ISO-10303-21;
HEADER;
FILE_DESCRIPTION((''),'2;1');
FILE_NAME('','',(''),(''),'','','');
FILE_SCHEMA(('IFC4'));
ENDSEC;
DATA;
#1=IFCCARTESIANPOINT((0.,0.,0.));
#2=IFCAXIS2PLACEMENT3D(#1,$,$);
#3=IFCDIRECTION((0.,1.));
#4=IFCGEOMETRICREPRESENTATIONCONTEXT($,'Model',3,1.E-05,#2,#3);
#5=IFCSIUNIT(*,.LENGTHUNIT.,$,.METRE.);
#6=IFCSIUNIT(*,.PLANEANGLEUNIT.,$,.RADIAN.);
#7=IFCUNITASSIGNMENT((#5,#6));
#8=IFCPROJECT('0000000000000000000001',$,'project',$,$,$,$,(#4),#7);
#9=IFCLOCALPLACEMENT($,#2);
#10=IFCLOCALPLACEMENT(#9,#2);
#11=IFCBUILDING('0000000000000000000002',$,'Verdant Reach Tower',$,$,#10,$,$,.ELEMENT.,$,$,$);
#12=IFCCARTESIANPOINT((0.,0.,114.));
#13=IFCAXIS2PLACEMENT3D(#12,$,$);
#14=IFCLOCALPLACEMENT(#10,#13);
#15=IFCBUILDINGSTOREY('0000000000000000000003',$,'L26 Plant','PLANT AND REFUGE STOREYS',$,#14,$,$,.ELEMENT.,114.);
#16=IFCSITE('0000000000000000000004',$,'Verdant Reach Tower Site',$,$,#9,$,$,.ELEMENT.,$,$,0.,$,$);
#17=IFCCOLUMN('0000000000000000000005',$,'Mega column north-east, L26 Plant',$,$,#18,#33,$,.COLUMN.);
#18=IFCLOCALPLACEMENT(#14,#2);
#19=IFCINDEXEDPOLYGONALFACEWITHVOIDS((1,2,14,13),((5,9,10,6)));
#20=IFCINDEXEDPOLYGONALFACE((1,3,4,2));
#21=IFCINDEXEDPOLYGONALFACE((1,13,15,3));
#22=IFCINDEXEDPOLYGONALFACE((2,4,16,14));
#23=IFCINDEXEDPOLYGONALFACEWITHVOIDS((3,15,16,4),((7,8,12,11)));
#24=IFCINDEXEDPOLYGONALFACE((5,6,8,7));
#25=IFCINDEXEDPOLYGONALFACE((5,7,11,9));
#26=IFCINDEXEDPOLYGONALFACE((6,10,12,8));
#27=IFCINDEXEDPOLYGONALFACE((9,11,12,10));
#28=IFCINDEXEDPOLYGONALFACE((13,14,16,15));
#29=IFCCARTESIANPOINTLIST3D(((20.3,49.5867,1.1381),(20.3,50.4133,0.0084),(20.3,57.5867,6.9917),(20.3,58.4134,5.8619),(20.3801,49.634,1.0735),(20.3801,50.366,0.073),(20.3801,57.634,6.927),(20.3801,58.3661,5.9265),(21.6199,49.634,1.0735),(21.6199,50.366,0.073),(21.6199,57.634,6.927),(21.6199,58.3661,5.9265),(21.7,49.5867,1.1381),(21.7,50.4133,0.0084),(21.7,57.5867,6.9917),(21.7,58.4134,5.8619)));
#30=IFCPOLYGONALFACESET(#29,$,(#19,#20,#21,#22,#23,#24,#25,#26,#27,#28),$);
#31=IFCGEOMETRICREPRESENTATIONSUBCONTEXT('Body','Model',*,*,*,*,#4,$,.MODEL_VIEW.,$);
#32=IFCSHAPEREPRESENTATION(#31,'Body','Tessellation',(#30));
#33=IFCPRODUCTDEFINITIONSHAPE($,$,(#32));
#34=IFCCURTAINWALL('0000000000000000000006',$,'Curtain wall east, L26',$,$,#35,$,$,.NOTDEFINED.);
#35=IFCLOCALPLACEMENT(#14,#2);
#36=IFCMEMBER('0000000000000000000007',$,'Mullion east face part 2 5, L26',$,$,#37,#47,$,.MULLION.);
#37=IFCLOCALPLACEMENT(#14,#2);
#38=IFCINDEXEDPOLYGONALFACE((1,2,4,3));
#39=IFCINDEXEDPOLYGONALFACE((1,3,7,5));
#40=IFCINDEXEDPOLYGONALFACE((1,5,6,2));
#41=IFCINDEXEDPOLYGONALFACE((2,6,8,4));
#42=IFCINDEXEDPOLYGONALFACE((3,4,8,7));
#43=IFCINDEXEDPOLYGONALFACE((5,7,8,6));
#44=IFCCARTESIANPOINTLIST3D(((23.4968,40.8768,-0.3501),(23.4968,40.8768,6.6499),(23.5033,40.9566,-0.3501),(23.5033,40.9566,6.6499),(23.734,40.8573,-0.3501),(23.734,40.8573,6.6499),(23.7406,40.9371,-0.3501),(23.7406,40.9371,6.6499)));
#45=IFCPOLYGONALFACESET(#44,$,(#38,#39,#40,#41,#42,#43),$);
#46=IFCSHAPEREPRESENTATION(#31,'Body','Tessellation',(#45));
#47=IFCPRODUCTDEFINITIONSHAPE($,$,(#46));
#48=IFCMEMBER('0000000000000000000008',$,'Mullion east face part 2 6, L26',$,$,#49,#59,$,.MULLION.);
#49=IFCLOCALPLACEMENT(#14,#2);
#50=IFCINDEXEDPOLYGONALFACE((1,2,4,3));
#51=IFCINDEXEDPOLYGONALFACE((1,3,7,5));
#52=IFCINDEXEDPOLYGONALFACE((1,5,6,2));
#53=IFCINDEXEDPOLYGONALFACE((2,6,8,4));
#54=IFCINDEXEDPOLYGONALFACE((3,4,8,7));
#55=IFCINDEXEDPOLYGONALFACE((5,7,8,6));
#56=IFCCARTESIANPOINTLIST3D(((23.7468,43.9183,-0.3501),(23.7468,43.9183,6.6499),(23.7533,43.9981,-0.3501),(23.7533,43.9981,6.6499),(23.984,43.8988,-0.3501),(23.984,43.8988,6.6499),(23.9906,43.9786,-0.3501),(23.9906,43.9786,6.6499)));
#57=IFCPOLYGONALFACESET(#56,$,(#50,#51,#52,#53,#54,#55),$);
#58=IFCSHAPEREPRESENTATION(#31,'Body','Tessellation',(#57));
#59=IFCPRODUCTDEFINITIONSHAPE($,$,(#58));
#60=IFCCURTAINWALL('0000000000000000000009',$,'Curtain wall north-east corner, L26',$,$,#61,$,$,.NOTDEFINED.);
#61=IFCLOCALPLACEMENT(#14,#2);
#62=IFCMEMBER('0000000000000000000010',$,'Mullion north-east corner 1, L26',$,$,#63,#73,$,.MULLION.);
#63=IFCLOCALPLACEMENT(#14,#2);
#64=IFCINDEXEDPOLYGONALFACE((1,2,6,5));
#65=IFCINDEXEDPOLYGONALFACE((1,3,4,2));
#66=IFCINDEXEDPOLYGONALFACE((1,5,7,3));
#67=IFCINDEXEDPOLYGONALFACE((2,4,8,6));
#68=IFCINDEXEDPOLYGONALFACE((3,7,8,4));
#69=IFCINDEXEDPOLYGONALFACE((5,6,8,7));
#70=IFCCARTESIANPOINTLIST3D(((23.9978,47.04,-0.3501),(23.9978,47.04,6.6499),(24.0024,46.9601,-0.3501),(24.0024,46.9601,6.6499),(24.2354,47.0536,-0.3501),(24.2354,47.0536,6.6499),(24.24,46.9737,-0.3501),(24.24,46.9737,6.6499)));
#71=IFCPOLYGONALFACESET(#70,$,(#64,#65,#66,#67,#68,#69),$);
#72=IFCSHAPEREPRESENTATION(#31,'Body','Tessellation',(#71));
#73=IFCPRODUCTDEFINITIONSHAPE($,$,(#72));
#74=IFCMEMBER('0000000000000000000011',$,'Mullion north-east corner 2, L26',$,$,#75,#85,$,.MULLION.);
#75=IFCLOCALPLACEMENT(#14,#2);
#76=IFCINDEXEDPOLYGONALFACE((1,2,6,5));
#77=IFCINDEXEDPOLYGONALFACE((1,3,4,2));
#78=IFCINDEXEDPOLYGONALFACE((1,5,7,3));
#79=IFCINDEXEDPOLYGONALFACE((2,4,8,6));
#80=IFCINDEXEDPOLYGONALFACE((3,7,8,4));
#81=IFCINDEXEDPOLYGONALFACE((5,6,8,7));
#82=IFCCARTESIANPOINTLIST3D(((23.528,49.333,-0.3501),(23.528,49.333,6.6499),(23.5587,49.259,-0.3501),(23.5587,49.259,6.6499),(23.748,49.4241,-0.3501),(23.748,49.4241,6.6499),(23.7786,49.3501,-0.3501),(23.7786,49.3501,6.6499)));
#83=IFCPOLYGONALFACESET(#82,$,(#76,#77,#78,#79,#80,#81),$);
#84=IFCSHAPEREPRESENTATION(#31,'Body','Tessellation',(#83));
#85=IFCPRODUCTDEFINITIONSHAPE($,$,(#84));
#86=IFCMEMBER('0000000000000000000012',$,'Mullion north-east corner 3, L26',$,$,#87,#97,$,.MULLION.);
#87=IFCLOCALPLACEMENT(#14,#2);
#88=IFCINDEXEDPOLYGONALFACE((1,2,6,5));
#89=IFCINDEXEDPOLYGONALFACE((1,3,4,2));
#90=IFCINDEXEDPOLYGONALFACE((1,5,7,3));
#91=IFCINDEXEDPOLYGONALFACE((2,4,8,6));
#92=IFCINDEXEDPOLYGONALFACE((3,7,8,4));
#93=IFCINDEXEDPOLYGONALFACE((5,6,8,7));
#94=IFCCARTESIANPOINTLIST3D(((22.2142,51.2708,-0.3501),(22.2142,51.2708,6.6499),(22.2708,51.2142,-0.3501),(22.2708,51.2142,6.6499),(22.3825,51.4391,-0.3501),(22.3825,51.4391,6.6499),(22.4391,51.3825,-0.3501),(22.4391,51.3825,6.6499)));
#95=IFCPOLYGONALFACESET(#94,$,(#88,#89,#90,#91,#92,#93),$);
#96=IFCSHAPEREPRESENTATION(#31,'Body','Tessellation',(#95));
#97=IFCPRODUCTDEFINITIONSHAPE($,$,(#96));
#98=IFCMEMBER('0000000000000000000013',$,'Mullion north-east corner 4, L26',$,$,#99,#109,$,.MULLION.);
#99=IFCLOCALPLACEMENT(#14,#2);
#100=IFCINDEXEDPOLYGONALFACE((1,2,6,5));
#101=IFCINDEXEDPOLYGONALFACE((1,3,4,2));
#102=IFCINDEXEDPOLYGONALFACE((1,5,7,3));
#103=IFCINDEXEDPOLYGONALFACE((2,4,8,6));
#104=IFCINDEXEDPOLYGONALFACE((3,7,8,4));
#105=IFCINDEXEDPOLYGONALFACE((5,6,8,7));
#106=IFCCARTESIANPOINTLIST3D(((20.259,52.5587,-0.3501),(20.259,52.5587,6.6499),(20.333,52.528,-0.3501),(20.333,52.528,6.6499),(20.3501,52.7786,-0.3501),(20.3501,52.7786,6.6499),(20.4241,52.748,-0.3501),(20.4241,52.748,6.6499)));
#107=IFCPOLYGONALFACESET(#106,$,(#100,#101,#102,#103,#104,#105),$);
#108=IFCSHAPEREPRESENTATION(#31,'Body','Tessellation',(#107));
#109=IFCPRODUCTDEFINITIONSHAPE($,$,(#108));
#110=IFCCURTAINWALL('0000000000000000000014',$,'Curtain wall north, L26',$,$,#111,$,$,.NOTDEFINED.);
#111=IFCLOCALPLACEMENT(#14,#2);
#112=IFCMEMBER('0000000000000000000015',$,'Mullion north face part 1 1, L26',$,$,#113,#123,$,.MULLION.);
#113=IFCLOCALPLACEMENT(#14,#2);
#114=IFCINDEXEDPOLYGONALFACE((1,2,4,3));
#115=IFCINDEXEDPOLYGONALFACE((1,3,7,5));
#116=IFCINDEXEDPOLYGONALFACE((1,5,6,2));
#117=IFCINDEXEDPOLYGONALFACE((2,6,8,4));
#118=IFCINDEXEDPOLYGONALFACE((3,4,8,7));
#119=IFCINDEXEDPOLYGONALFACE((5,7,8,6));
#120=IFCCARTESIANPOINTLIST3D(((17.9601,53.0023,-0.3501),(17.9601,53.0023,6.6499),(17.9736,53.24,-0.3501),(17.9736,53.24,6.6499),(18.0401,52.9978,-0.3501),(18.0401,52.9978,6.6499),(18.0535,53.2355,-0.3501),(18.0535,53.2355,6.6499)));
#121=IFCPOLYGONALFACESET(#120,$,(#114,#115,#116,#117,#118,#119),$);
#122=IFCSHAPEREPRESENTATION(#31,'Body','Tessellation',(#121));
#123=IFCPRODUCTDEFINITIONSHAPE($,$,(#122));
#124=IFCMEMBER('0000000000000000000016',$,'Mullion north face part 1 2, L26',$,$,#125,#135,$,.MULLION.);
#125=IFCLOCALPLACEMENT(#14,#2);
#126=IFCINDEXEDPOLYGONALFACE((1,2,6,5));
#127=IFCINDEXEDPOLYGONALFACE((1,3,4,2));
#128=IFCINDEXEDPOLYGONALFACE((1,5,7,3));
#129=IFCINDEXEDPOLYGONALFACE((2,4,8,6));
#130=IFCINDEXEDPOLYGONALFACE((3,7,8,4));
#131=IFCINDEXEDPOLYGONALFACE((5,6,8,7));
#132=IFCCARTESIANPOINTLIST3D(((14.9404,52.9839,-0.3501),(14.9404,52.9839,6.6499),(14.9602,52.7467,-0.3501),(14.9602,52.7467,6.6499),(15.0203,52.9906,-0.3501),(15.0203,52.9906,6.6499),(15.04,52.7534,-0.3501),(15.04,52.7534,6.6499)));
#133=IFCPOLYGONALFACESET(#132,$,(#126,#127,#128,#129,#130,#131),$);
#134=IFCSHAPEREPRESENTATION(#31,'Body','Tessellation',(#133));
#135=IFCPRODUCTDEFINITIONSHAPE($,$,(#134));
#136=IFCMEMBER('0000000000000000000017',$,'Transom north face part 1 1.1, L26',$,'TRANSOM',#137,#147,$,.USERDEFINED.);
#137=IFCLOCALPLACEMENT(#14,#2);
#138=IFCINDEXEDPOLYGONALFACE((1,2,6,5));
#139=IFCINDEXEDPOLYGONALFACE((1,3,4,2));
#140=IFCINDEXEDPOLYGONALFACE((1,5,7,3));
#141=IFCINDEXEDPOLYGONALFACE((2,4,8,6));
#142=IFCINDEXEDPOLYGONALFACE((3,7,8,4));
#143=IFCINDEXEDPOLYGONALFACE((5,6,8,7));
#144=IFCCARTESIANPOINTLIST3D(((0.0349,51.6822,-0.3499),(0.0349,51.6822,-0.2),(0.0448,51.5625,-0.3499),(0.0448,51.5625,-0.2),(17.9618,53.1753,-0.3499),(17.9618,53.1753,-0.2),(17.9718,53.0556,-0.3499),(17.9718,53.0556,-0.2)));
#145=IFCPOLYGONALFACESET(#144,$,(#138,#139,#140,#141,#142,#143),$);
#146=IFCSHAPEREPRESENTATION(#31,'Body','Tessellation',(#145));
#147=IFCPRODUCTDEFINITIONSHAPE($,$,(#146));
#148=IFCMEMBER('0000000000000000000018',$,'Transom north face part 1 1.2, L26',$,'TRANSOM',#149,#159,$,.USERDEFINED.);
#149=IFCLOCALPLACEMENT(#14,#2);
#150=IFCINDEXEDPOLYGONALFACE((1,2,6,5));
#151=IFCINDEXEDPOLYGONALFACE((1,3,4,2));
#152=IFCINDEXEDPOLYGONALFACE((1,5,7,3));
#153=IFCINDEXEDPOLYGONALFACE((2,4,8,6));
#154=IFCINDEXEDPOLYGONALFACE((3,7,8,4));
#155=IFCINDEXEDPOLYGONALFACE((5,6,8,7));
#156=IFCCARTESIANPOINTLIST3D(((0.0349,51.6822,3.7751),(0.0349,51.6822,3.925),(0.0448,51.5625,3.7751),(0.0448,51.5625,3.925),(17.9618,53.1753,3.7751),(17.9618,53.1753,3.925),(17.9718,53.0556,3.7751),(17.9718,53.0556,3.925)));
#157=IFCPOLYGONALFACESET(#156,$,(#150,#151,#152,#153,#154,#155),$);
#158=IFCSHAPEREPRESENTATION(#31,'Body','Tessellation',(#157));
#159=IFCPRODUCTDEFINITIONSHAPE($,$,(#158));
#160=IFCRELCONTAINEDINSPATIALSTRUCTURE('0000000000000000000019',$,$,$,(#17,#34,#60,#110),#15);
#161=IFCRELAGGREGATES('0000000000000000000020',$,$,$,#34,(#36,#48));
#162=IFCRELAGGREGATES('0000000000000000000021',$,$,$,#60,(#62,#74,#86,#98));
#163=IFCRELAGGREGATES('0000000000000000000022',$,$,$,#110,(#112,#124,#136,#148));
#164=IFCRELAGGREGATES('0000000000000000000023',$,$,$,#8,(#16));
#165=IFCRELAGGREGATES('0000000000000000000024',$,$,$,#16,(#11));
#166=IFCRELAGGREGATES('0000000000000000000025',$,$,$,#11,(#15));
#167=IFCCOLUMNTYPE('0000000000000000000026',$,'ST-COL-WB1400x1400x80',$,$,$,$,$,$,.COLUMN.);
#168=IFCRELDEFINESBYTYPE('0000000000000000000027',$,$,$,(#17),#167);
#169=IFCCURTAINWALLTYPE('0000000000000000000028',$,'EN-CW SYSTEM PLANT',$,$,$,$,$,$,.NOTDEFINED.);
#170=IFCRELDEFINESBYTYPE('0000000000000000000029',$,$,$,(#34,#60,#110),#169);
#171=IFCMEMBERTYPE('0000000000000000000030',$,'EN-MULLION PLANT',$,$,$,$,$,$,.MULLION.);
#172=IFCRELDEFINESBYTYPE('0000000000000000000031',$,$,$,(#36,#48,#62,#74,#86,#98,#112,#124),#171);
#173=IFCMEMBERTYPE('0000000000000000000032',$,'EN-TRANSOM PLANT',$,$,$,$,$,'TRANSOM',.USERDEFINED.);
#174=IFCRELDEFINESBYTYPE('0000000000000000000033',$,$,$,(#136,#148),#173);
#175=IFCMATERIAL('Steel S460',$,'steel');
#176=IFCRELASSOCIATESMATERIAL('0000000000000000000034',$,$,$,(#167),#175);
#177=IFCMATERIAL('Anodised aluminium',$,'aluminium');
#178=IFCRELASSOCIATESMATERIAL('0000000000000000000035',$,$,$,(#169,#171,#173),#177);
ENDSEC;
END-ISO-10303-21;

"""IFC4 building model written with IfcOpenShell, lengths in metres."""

from ifc_helpers import new_model, si_unit, direction, frame, origin, origin_2d, place, context, subcontext, project, spatial, rectangle, hollow_rectangle, extrude, material, material_profile, profile_set, type_object, element, aggregate, save


model = new_model("IFC4")

# Units and contexts
model_context = context("Model", 3, precision=1e-05, world=origin(), true_north=direction((0.0, 1.0)))
body_context = subcontext(model_context, "Body", "Model", "MODEL_VIEW")
ifc_project = project(units=[si_unit("LENGTHUNIT", "METRE"), si_unit("PLANEANGLEUNIT", "RADIAN")], contexts=[model_context])

# Site, building, storey
site_placement = place(None, origin())
site = spatial("IfcSite", under=ifc_project, at=site_placement, Name="Verdant Reach Tower Site", CompositionType="ELEMENT", RefElevation=0.0)
building_placement = place(site_placement, origin())
building = spatial("IfcBuilding", under=site, at=building_placement, Name="Verdant Reach Tower", CompositionType="ELEMENT")
storey_placement = place(building_placement, frame((0.0, 0.0, 114.0)))
storey = spatial("IfcBuildingStorey", under=building, at=storey_placement, Name="L26 Plant", Description="PLANT AND REFUGE STOREYS", CompositionType="ELEMENT", Elevation=114.0)

# Column
ifc_material_1 = material(Name="Steel S460", Category="steel")
ifc_material_profile_1 = material_profile(ifc_material_1, hollow_rectangle(XDim=1.3999, YDim=1.3999, WallThickness=0.0801, at=origin_2d()), Name="WB 1400x1400x80")
ifc_profile_set_1 = profile_set([ifc_material_profile_1], Name="Steel S460")
column_type = type_object("IfcColumnType", Name="ST-COL-WB1400x1400x80", PredefinedType="COLUMN", material=ifc_profile_set_1)
column_placement = place(storey_placement, frame((21.0, 50.0, 0.5732), z_axis=(0.0, 0.807037, 0.590501), x_axis=(-1.0, 0.0, 0.0)))
element("IfcColumn", 1, at=column_placement, inside=storey, type_object=column_type, Name="Mega column north-east, L26 Plant", PredefinedType="COLUMN", context=body_context, shape_type="SweptSolid", body=[
    extrude(hollow_rectangle(XDim=1.3999, YDim=1.3999, WallThickness=0.0801, at=origin_2d()), origin(), (0.0, 0.0, 1.0), 9.9128),
])

# Curtain walls, members
ifc_material_2 = material(Name="Anodised aluminium", Category="aluminium")
curtain_wall_type = type_object("IfcCurtainWallType", Name="EN-CW SYSTEM PLANT", PredefinedType="NOTDEFINED", material=ifc_material_2)
curtain_wall_1_placement = place(storey_placement, origin())
curtain_wall_1 = element("IfcCurtainWall", 2, at=curtain_wall_1_placement, inside=storey, type_object=curtain_wall_type, Name="Curtain wall east, L26", PredefinedType="NOTDEFINED")
ifc_material_profile_2 = material_profile(ifc_material_2, rectangle(XDim=0.238, YDim=0.0801, at=origin_2d()), Name="Mullion 80x240")
ifc_profile_set_2 = profile_set([ifc_material_profile_2], Name="Anodised aluminium")
member_type_1 = type_object("IfcMemberType", Name="EN-MULLION PLANT", PredefinedType="MULLION", material=ifc_profile_set_2)
member_1_placement = place(storey_placement, frame((23.6187, 40.907, -0.3501), z_axis=(0.0, 0.0, 1.0), x_axis=(0.996639, -0.081916, 0.0)))
member_1 = element("IfcMember", 3, at=member_1_placement, type_object=member_type_1, Name="Mullion east face part 2 5, L26", PredefinedType="MULLION", context=body_context, shape_type="SweptSolid", body=[
    extrude(rectangle(XDim=0.238, YDim=0.0801, at=origin_2d()), origin(), (0.0, 0.0, 1.0), 7.0),
])
member_2_placement = place(storey_placement, frame((23.8687, 43.9485, -0.3501), z_axis=(0.0, 0.0, 1.0), x_axis=(0.996639, -0.081916, 0.0)))
member_2 = element("IfcMember", 4, at=member_2_placement, type_object=member_type_1, Name="Mullion east face part 2 6, L26", PredefinedType="MULLION", context=body_context, shape_type="SweptSolid", body=[
    extrude(rectangle(XDim=0.238, YDim=0.0801, at=origin_2d()), origin(), (0.0, 0.0, 1.0), 7.0),
])
curtain_wall_2_placement = place(storey_placement, origin())
curtain_wall_2 = element("IfcCurtainWall", 5, at=curtain_wall_2_placement, inside=storey, type_object=curtain_wall_type, Name="Curtain wall north-east corner, L26", PredefinedType="NOTDEFINED")
member_3_placement = place(storey_placement, frame((24.1189, 47.0068, -0.3501), z_axis=(0.0, 0.0, 1.0), x_axis=(0.998366, 0.057135, 0.0)))
member_3 = element("IfcMember", 6, at=member_3_placement, type_object=member_type_1, Name="Mullion north-east corner 1, L26", PredefinedType="MULLION", context=body_context, shape_type="SweptSolid", body=[
    extrude(rectangle(XDim=0.238, YDim=0.0801, at=origin_2d()), origin(), (0.0, 0.0, 1.0), 7.0),
])
member_4_placement = place(storey_placement, frame((23.6533, 49.3416, -0.3501), z_axis=(0.0, 0.0, 1.0), x_axis=(0.923875, 0.382694, 0.0)))
member_4 = element("IfcMember", 7, at=member_4_placement, type_object=member_type_1, Name="Mullion north-east corner 2, L26", PredefinedType="MULLION", context=body_context, shape_type="SweptSolid", body=[
    extrude(rectangle(XDim=0.238, YDim=0.0801, at=origin_2d()), origin(), (0.0, 0.0, 1.0), 7.0),
])
member_5_placement = place(storey_placement, frame((22.3267, 51.3267, -0.3501), z_axis=(0.0, 0.0, 1.0), x_axis=(0.707107, 0.707107, 0.0)))
member_5 = element("IfcMember", 8, at=member_5_placement, type_object=member_type_1, Name="Mullion north-east corner 3, L26", PredefinedType="MULLION", context=body_context, shape_type="SweptSolid", body=[
    extrude(rectangle(XDim=0.238, YDim=0.0801, at=origin_2d()), origin(), (0.0, 0.0, 1.0), 7.0),
])
member_6_placement = place(storey_placement, frame((20.3416, 52.6533, -0.3501), z_axis=(0.0, 0.0, 1.0), x_axis=(0.382694, 0.923875, 0.0)))
member_6 = element("IfcMember", 9, at=member_6_placement, type_object=member_type_1, Name="Mullion north-east corner 4, L26", PredefinedType="MULLION", context=body_context, shape_type="SweptSolid", body=[
    extrude(rectangle(XDim=0.238, YDim=0.0801, at=origin_2d()), origin(), (0.0, 0.0, 1.0), 7.0),
])
curtain_wall_3_placement = place(storey_placement, origin())
curtain_wall_3 = element("IfcCurtainWall", 10, at=curtain_wall_3_placement, inside=storey, type_object=curtain_wall_type, Name="Curtain wall north, L26", PredefinedType="NOTDEFINED")
member_7_placement = place(storey_placement, frame((18.0068, 53.1189, -0.3501), z_axis=(0.0, 0.0, 1.0), x_axis=(0.056569, 0.998399, 0.0)))
member_7 = element("IfcMember", 11, at=member_7_placement, type_object=member_type_1, Name="Mullion north face part 1 1, L26", PredefinedType="MULLION", context=body_context, shape_type="SweptSolid", body=[
    extrude(rectangle(XDim=0.238, YDim=0.0801, at=origin_2d()), origin(), (0.0, 0.0, 1.0), 7.0),
])
member_8_placement = place(storey_placement, frame((14.9902, 52.8687, -0.3501), z_axis=(0.0, 0.0, 1.0), x_axis=(-0.083045, 0.996546, 0.0)))
member_8 = element("IfcMember", 12, at=member_8_placement, type_object=member_type_1, Name="Mullion north face part 1 2, L26", PredefinedType="MULLION", context=body_context, shape_type="SweptSolid", body=[
    extrude(rectangle(XDim=0.238, YDim=0.0801, at=origin_2d()), origin(), (0.0, 0.0, 1.0), 7.0),
])
ifc_material_profile_3 = material_profile(ifc_material_2, rectangle(XDim=0.1201, YDim=0.1499, at=origin_2d()), Name="Transom 150x120")
ifc_profile_set_3 = profile_set([ifc_material_profile_3], Name="Anodised aluminium")
member_type_2 = type_object("IfcMemberType", Name="EN-TRANSOM PLANT", ElementType="TRANSOM", PredefinedType="USERDEFINED", material=ifc_profile_set_3)
member_9_placement = place(storey_placement, frame((17.9668, 53.1155, -0.2749), z_axis=(-0.996549, -0.083004, 0.0), x_axis=(0.083004, -0.996549, 0.0)))
member_9 = element("IfcMember", 13, at=member_9_placement, type_object=member_type_2, Name="Transom north face part 1 1.1, L26", ObjectType="TRANSOM", PredefinedType="USERDEFINED", context=body_context, shape_type="SweptSolid", body=[
    extrude(rectangle(XDim=0.1201, YDim=0.1499, at=origin_2d()), origin(), (0.0, 0.0, 1.0), 17.989),
])
member_10_placement = place(storey_placement, frame((17.9668, 53.1155, 3.8501), z_axis=(-0.996549, -0.083004, 0.0), x_axis=(0.083004, -0.996549, 0.0)))
member_10 = element("IfcMember", 14, at=member_10_placement, type_object=member_type_2, Name="Transom north face part 1 1.2, L26", ObjectType="TRANSOM", PredefinedType="USERDEFINED", context=body_context, shape_type="SweptSolid", body=[
    extrude(rectangle(XDim=0.1201, YDim=0.1499, at=origin_2d()), origin(), (0.0, 0.0, 1.0), 17.989),
])

aggregate(curtain_wall_1, [member_1, member_2])
aggregate(curtain_wall_2, [member_3, member_4, member_5, member_6])
aggregate(curtain_wall_3, [member_7, member_8, member_9, member_10])

save(model, "model.ifc")
